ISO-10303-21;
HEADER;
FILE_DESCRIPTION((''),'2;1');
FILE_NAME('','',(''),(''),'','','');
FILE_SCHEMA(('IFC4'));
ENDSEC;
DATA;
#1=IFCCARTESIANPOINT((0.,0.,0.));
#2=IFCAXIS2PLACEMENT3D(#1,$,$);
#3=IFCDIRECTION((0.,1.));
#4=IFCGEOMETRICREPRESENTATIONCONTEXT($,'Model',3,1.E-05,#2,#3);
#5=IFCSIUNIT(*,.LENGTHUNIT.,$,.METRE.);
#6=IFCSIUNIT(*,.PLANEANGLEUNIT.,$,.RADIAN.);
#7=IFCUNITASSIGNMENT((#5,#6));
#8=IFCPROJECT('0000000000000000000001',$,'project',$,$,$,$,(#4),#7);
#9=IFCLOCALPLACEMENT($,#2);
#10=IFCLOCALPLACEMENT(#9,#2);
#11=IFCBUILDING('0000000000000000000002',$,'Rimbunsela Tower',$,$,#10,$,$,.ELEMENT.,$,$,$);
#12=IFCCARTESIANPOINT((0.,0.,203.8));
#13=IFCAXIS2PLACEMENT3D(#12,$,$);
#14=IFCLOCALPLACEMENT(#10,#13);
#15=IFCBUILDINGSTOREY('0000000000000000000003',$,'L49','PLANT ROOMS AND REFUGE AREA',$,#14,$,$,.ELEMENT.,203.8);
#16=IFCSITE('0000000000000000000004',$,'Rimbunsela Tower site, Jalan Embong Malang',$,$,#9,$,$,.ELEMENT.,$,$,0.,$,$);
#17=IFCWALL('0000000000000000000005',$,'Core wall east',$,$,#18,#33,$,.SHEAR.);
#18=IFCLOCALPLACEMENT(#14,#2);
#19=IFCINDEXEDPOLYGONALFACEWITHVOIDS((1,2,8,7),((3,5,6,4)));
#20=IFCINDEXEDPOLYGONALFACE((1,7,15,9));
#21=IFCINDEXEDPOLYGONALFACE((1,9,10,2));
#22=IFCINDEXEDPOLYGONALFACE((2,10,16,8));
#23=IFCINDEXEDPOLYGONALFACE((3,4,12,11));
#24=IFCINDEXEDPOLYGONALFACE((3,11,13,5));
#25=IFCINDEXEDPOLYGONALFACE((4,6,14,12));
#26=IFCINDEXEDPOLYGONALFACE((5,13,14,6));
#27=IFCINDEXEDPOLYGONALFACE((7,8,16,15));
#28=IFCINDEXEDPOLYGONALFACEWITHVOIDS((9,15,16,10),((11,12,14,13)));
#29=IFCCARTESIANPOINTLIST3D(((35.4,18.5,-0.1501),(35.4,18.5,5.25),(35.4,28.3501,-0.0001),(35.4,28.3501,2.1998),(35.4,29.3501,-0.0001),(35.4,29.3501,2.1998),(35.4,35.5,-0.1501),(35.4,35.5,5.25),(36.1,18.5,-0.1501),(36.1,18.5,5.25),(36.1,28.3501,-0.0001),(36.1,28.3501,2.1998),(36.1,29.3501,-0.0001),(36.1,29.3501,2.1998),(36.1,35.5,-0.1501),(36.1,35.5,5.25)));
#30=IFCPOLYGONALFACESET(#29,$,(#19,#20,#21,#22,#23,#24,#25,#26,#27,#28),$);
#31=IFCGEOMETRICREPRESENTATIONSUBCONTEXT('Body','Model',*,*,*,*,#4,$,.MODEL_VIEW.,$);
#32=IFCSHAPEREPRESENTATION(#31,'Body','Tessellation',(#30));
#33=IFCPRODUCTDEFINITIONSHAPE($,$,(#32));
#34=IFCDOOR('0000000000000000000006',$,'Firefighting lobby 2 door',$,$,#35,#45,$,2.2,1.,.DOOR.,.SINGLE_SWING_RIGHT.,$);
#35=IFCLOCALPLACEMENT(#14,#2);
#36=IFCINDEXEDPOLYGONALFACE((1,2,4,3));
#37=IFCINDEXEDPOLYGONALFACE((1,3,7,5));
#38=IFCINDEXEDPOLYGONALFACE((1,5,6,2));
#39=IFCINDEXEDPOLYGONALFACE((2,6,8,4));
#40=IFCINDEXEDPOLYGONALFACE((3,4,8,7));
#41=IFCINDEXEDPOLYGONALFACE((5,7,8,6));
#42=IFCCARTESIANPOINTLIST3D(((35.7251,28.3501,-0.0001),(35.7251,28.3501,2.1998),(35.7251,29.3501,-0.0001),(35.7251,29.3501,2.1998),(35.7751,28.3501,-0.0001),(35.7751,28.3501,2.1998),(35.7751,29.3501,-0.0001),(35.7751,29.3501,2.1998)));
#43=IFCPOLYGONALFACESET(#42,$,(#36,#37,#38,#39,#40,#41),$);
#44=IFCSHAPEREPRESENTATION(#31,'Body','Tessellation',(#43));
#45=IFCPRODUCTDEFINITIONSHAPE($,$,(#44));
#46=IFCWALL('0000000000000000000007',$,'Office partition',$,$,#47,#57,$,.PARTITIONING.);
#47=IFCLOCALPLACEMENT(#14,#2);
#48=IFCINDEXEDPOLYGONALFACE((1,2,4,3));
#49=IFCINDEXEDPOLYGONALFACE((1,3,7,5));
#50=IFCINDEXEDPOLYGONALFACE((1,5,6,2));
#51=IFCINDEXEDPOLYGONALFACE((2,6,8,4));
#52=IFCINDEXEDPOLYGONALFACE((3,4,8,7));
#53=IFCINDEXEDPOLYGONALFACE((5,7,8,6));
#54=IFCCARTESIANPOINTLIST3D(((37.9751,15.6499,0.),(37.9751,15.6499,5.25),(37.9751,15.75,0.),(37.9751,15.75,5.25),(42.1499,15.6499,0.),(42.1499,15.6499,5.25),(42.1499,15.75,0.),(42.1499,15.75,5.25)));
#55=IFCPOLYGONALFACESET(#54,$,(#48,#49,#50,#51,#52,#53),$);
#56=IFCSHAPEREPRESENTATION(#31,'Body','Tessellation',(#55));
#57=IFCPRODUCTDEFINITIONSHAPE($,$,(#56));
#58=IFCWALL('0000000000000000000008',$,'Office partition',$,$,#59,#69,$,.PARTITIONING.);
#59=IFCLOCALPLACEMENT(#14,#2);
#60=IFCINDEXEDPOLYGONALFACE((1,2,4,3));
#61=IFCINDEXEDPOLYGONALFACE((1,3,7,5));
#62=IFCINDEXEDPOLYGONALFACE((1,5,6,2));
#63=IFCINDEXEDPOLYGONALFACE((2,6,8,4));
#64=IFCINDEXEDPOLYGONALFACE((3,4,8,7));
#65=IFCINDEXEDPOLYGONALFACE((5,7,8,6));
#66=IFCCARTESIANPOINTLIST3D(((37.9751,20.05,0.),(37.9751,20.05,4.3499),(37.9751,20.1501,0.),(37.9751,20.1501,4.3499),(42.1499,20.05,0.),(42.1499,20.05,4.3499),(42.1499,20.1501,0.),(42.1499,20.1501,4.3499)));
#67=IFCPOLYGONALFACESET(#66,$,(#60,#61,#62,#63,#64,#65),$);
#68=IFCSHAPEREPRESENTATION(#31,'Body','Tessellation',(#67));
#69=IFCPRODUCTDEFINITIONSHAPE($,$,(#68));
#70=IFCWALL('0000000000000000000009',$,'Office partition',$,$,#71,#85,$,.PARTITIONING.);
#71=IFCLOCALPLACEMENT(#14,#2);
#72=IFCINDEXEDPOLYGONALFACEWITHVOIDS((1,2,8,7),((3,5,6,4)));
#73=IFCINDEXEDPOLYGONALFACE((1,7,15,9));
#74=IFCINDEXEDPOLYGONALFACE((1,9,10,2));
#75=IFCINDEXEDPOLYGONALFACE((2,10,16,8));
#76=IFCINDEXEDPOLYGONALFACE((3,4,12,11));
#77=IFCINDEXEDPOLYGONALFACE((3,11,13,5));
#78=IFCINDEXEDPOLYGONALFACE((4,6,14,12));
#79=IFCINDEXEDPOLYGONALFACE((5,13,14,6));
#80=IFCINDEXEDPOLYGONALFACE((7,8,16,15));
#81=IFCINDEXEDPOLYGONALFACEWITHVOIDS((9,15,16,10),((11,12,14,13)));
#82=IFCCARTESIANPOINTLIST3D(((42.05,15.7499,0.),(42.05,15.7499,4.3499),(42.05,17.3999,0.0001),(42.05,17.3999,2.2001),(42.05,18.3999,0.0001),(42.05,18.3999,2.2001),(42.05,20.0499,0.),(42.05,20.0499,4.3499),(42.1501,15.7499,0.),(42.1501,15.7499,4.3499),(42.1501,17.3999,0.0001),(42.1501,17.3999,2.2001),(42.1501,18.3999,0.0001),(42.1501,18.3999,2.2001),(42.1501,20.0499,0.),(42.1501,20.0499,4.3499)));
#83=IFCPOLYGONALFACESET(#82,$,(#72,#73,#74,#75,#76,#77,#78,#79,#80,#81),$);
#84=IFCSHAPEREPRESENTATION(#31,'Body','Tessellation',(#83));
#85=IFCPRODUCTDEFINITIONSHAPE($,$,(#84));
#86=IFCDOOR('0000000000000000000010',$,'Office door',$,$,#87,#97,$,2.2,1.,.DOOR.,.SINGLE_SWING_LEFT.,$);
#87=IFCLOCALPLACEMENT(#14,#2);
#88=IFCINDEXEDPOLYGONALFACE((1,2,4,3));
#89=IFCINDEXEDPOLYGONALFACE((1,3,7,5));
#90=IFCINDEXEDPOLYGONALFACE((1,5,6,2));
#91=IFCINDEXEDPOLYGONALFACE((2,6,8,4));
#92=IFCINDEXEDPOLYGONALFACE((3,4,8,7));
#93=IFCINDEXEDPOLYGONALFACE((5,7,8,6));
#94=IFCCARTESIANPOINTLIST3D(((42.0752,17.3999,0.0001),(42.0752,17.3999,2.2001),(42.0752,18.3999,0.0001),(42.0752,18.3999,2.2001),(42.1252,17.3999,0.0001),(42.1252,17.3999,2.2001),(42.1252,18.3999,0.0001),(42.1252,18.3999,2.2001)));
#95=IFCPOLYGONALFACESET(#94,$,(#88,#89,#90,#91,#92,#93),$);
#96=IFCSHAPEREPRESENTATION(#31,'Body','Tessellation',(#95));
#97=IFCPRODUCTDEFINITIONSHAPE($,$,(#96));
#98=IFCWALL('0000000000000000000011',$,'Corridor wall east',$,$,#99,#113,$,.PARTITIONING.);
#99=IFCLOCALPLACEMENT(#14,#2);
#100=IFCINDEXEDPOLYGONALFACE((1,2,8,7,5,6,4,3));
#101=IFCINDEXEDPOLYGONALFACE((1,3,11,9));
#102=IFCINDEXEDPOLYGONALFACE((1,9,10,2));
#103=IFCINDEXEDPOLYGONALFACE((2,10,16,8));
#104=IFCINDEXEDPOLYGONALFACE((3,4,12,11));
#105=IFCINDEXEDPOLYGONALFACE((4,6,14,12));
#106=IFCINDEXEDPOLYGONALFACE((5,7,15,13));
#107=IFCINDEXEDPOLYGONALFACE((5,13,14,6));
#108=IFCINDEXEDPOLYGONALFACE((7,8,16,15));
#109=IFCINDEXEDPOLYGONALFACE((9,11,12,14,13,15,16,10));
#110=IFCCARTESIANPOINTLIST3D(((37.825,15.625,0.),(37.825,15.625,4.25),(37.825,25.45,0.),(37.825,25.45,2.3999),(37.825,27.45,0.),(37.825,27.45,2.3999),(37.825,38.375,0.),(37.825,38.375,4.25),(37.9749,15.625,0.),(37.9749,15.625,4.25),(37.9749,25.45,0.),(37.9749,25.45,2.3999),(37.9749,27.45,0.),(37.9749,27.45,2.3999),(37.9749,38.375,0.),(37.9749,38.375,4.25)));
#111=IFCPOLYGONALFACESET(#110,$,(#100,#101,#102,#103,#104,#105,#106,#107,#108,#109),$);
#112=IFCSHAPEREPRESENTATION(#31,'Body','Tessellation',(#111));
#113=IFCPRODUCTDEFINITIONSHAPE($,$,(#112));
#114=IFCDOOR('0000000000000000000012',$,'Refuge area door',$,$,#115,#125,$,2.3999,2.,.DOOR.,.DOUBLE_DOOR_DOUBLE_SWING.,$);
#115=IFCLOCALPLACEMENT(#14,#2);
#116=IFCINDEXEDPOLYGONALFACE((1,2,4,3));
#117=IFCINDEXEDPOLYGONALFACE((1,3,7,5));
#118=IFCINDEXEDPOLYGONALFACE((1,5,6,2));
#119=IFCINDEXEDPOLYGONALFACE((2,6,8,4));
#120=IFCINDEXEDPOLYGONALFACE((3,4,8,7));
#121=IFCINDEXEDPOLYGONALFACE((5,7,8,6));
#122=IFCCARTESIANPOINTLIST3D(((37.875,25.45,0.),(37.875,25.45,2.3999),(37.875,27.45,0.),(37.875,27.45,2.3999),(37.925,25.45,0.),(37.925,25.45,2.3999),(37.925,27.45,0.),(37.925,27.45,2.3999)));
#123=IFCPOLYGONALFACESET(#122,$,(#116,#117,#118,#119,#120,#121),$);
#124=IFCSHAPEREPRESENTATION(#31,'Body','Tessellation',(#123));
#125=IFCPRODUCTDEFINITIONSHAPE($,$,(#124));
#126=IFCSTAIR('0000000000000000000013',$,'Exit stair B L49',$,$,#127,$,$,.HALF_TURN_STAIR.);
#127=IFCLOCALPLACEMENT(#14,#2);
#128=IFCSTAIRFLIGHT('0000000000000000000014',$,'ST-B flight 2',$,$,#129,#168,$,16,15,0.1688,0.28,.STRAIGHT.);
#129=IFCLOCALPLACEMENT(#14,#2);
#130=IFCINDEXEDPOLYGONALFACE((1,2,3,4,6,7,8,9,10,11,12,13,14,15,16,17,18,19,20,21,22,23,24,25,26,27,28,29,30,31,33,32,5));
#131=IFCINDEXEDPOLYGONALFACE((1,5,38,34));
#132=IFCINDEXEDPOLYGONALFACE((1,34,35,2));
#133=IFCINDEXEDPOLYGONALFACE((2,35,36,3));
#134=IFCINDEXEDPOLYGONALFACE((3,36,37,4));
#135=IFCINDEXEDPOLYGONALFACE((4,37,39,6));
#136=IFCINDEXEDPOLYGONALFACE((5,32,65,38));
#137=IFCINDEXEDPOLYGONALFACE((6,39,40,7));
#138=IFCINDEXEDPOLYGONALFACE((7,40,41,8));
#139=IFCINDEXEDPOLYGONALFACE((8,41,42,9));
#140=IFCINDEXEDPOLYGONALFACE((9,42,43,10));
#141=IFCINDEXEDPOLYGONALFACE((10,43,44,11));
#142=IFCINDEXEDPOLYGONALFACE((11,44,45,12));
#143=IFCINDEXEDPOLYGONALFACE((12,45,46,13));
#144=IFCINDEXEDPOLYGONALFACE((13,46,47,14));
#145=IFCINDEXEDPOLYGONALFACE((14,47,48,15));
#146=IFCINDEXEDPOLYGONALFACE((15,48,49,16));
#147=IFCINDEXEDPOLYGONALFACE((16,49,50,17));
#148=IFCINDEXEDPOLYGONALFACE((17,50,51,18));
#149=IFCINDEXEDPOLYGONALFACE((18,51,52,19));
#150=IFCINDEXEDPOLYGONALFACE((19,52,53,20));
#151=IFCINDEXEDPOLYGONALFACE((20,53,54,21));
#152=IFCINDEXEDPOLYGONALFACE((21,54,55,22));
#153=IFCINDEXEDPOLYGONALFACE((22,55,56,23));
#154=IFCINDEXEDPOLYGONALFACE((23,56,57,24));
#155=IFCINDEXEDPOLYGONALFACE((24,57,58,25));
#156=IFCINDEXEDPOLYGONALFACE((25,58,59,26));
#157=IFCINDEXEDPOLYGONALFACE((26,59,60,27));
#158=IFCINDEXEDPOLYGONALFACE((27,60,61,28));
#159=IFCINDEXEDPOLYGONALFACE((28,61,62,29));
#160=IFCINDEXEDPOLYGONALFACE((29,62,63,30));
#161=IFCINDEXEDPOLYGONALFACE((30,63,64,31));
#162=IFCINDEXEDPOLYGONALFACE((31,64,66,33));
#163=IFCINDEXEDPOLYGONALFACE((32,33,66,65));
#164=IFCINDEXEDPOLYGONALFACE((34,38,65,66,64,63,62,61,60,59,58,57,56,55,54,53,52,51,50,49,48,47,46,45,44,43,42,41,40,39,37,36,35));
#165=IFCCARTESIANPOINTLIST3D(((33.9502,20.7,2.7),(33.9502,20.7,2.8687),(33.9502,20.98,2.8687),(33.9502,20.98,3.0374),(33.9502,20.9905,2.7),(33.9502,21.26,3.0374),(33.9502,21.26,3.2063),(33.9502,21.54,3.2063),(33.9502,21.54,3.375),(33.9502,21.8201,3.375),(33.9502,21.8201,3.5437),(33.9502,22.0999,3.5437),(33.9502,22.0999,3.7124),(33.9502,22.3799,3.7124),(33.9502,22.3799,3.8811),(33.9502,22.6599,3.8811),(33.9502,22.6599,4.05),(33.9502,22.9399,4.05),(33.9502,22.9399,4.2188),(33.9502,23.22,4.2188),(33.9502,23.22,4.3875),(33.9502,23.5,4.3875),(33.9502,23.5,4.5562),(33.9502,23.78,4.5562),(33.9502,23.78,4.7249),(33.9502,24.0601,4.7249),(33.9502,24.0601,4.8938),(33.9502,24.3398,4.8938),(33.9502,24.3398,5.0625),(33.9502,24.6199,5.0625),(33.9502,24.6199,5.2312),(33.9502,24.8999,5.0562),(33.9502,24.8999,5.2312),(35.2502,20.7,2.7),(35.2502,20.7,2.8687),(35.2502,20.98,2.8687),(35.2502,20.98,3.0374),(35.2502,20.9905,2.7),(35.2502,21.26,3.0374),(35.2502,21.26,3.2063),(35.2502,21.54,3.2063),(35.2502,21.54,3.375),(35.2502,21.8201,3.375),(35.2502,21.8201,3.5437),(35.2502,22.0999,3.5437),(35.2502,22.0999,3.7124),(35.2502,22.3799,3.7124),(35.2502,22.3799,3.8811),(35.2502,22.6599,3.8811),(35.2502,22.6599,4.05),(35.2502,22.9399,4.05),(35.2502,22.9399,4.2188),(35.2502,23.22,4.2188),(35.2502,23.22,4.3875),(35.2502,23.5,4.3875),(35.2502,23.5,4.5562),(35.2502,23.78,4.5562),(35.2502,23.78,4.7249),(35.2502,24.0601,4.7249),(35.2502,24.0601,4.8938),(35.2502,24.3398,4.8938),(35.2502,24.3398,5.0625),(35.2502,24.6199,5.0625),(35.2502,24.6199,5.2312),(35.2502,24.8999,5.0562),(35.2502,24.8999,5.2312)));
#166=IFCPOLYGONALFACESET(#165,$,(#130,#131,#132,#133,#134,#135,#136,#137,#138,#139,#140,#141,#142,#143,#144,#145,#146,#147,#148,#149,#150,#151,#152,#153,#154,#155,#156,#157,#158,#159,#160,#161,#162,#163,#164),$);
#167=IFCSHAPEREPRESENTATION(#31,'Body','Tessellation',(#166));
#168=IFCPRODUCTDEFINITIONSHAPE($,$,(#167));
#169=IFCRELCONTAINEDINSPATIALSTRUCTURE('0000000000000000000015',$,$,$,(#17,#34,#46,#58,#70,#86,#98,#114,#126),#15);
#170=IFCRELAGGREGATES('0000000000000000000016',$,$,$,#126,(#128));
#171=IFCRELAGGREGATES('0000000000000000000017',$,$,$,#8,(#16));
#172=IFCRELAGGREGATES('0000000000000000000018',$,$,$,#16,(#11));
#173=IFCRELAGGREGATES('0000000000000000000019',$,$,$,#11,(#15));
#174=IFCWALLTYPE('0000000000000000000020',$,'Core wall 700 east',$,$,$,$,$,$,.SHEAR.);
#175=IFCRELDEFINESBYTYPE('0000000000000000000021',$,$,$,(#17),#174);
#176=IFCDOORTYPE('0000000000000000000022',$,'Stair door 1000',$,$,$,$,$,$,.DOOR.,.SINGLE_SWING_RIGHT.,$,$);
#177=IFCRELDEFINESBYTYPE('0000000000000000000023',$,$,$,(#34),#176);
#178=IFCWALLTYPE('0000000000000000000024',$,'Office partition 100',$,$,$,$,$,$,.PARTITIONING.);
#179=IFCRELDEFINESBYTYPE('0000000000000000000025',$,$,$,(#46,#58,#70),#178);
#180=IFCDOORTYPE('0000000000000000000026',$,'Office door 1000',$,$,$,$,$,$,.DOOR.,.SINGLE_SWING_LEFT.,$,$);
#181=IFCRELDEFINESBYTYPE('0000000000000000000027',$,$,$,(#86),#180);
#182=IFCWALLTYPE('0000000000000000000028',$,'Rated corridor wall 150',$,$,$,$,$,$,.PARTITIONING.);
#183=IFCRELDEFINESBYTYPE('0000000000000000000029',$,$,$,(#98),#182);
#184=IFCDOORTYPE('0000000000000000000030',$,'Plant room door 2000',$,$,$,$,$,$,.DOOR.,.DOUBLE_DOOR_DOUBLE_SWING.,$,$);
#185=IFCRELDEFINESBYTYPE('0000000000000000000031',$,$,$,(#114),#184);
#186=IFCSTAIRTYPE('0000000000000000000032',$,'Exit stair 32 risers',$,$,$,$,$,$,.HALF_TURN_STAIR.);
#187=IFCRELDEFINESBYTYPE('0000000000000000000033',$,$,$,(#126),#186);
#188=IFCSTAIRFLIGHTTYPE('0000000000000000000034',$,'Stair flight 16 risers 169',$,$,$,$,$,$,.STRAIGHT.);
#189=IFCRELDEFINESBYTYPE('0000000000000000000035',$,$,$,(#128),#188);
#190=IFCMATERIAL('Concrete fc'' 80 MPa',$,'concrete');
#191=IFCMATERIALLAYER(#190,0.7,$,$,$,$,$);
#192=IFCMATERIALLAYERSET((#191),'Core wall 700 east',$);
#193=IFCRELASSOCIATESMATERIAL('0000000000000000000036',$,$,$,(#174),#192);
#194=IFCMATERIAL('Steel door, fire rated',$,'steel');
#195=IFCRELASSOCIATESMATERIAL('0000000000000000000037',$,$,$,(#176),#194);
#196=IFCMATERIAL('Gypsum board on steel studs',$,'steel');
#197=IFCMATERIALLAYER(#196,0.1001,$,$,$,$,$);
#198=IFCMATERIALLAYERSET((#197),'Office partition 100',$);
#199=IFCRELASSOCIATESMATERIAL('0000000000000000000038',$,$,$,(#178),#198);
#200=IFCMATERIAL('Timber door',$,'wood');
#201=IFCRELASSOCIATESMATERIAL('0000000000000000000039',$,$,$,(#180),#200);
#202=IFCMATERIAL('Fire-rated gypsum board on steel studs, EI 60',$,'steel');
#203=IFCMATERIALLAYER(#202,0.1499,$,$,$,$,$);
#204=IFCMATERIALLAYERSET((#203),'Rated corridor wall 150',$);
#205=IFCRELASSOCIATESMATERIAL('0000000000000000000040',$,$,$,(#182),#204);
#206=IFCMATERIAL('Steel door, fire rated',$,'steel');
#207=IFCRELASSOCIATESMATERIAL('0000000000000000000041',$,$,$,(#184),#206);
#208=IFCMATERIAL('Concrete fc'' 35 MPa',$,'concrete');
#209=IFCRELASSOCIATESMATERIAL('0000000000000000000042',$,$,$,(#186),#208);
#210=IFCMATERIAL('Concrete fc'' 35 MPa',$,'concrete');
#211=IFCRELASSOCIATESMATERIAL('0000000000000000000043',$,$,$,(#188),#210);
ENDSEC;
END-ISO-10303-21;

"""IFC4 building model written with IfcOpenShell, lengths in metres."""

from ifc_helpers import new_model, si_unit, direction, frame, frame_2d, origin, place, context, subcontext, project, spatial, polyline, rectangle, outline, extrude, material, layer, layer_set, type_object, element, fill, aggregate, save


model = new_model("IFC4")

# Units and contexts
model_context = context("Model", 3, precision=1e-05, world=origin(), true_north=direction((0.0, 1.0)))
body_context = subcontext(model_context, "Body", "Model", "MODEL_VIEW")
ifc_project = project(units=[si_unit("LENGTHUNIT", "METRE"), si_unit("PLANEANGLEUNIT", "RADIAN")], contexts=[model_context])

# Site, building, storey
site_placement = place(None, origin())
site = spatial("IfcSite", under=ifc_project, at=site_placement, Name="Rimbunsela Tower site, Jalan Embong Malang", CompositionType="ELEMENT", RefElevation=0.0)
building_placement = place(site_placement, origin())
building = spatial("IfcBuilding", under=site, at=building_placement, Name="Rimbunsela Tower", CompositionType="ELEMENT")
storey_placement = place(building_placement, frame((0.0, 0.0, 203.8)))
storey = spatial("IfcBuildingStorey", under=building, at=storey_placement, Name="L49", Description="PLANT ROOMS AND REFUGE AREA", CompositionType="ELEMENT", Elevation=203.8)

# Wall, opening, door
ifc_material_1 = material(Name="Concrete fc' 80 MPa", Category="concrete")
ifc_layer_1 = layer(ifc_material_1, 0.7)
ifc_layer_set_1 = layer_set([ifc_layer_1], Name="Core wall 700 east")
wall_type_1 = type_object("IfcWallType", Name="Core wall 700 east", PredefinedType="SHEAR", material=ifc_layer_set_1)
wall_1_placement = place(storey_placement, frame((35.75, 18.5, -0.1501), z_axis=(0.0, 0.0, 1.0), x_axis=(0.0, 1.0, 0.0)))
wall_1 = element("IfcWall", 1, at=wall_1_placement, inside=storey, type_object=wall_type_1, Name="Core wall east", PredefinedType="SHEAR", context=body_context, shape_type="SweptSolid", body=[
    extrude(rectangle(XDim=17.0, YDim=0.7, at=frame_2d((8.5, 0.0))), origin(), (0.0, 0.0, 1.0), 5.4001),
])
opening_1_placement = place(wall_1_placement, frame((9.8501, 0.0, 0.1499)))
opening_1 = element("IfcOpeningElement", 2, at=opening_1_placement, cuts=wall_1, PredefinedType="OPENING", context=body_context, shape_type="SweptSolid", body=[
    extrude(rectangle(XDim=1.0, YDim=2.2, at=frame_2d((0.5, 1.1001))), frame((0.0, 0.3599, 0.0), z_axis=(0.0, -1.0, 0.0), x_axis=(1.0, 0.0, 0.0)), (0.0, 0.0, 1.0), 0.72),
])
ifc_material_2 = material(Name="Steel door, fire rated", Category="steel")
door_type_1 = type_object("IfcDoorType", Name="Stair door 1000", OperationType="SINGLE_SWING_RIGHT", PredefinedType="DOOR", material=ifc_material_2)
door_1_placement = place(opening_1_placement, origin())
door_1 = element("IfcDoor", 3, at=door_1_placement, inside=storey, type_object=door_type_1, Name="Firefighting lobby 2 door", OperationType="SINGLE_SWING_RIGHT", OverallHeight=2.2, OverallWidth=1.0, PredefinedType="DOOR", context=body_context, shape_type="SweptSolid", body=[
    extrude(rectangle(XDim=1.0, YDim=2.2, at=frame_2d((0.5, 1.1001))), frame((0.0, 0.0249, 0.0), z_axis=(0.0, -1.0, 0.0), x_axis=(1.0, 0.0, 0.0)), (0.0, 0.0, 1.0), 0.05),
])
fill(opening_1, door_1)

# Walls
ifc_material_3 = material(Name="Gypsum board on steel studs", Category="steel")
ifc_layer_2 = layer(ifc_material_3, 0.1001)
ifc_layer_set_2 = layer_set([ifc_layer_2], Name="Office partition 100")
wall_type_2 = type_object("IfcWallType", Name="Office partition 100", PredefinedType="PARTITIONING", material=ifc_layer_set_2)
wall_2_placement = place(storey_placement, frame((37.9751, 15.7, 0.0), z_axis=(0.0, 0.0, 1.0), x_axis=(1.0, 0.0, 0.0)))
element("IfcWall", 4, at=wall_2_placement, inside=storey, type_object=wall_type_2, Name="Office partition", PredefinedType="PARTITIONING", context=body_context, shape_type="SweptSolid", body=[
    extrude(rectangle(XDim=4.1748, YDim=0.1001, at=frame_2d((2.0874, 0.0))), origin(), (0.0, 0.0, 1.0), 5.25),
])
wall_3_placement = place(storey_placement, frame((37.9751, 20.1001, 0.0), z_axis=(0.0, 0.0, 1.0), x_axis=(1.0, 0.0, 0.0)))
element("IfcWall", 5, at=wall_3_placement, inside=storey, type_object=wall_type_2, Name="Office partition", PredefinedType="PARTITIONING", context=body_context, shape_type="SweptSolid", body=[
    extrude(rectangle(XDim=4.1748, YDim=0.1001, at=frame_2d((2.0874, 0.0))), origin(), (0.0, 0.0, 1.0), 4.3499),
])

# Walls, openings, doors
wall_4_placement = place(storey_placement, frame((42.1001, 15.75, 0.0), z_axis=(0.0, 0.0, 1.0), x_axis=(0.0, 1.0, 0.0)))
wall_4 = element("IfcWall", 6, at=wall_4_placement, inside=storey, type_object=wall_type_2, Name="Office partition", PredefinedType="PARTITIONING", context=body_context, shape_type="SweptSolid", body=[
    extrude(rectangle(XDim=4.3, YDim=0.1001, at=frame_2d((2.1499, 0.0))), origin(), (0.0, 0.0, 1.0), 4.3499),
])
opening_2_placement = place(wall_4_placement, frame((1.6499, 0.0, 0.0)))
opening_2 = element("IfcOpeningElement", 7, at=opening_2_placement, cuts=wall_4, PredefinedType="OPENING", context=body_context, shape_type="SweptSolid", body=[
    extrude(rectangle(XDim=1.0, YDim=2.2, at=frame_2d((0.5, 1.1001))), frame((0.0, 0.0601, 0.0), z_axis=(0.0, -1.0, 0.0), x_axis=(1.0, 0.0, 0.0)), (0.0, 0.0, 1.0), 0.1201),
])
ifc_material_4 = material(Name="Timber door", Category="wood")
door_type_2 = type_object("IfcDoorType", Name="Office door 1000", OperationType="SINGLE_SWING_LEFT", PredefinedType="DOOR", material=ifc_material_4)
door_2_placement = place(opening_2_placement, origin())
door_2 = element("IfcDoor", 8, at=door_2_placement, inside=storey, type_object=door_type_2, Name="Office door", OperationType="SINGLE_SWING_LEFT", OverallHeight=2.2, OverallWidth=1.0, PredefinedType="DOOR", context=body_context, shape_type="SweptSolid", body=[
    extrude(rectangle(XDim=1.0, YDim=2.2, at=frame_2d((0.5, 1.1001))), frame((0.0, 0.0249, 0.0), z_axis=(0.0, -1.0, 0.0), x_axis=(1.0, 0.0, 0.0)), (0.0, 0.0, 1.0), 0.05),
])
fill(opening_2, door_2)
ifc_material_5 = material(Name="Fire-rated gypsum board on steel studs, EI 60", Category="steel")
ifc_layer_3 = layer(ifc_material_5, 0.1499)
ifc_layer_set_3 = layer_set([ifc_layer_3], Name="Rated corridor wall 150")
wall_type_3 = type_object("IfcWallType", Name="Rated corridor wall 150", PredefinedType="PARTITIONING", material=ifc_layer_set_3)
wall_5_placement = place(storey_placement, frame((37.8999, 15.625, 0.0), z_axis=(0.0, 0.0, 1.0), x_axis=(0.0, 1.0, 0.0)))
wall_5 = element("IfcWall", 9, at=wall_5_placement, inside=storey, type_object=wall_type_3, Name="Corridor wall east", PredefinedType="PARTITIONING", context=body_context, shape_type="SweptSolid", body=[
    extrude(rectangle(XDim=22.75, YDim=0.1499, at=frame_2d((11.375, 0.0))), origin(), (0.0, 0.0, 1.0), 4.25),
])
opening_3_placement = place(wall_5_placement, frame((9.825, 0.0, 0.0)))
opening_3 = element("IfcOpeningElement", 10, at=opening_3_placement, cuts=wall_5, PredefinedType="OPENING", context=body_context, shape_type="SweptSolid", body=[
    extrude(rectangle(XDim=2.0, YDim=2.3999, at=frame_2d((1.0, 1.2))), frame((0.0, 0.085, 0.0), z_axis=(0.0, -1.0, 0.0), x_axis=(1.0, 0.0, 0.0)), (0.0, 0.0, 1.0), 0.1699),
])
ifc_material_6 = material(Name="Steel door, fire rated", Category="steel")
door_type_3 = type_object("IfcDoorType", Name="Plant room door 2000", OperationType="DOUBLE_DOOR_DOUBLE_SWING", PredefinedType="DOOR", material=ifc_material_6)
door_3_placement = place(opening_3_placement, origin())
door_3 = element("IfcDoor", 11, at=door_3_placement, inside=storey, type_object=door_type_3, Name="Refuge area door", OperationType="DOUBLE_DOOR_DOUBLE_SWING", OverallHeight=2.3999, OverallWidth=2.0, PredefinedType="DOOR", context=body_context, shape_type="SweptSolid", body=[
    extrude(rectangle(XDim=2.0, YDim=2.3999, at=frame_2d((1.0, 1.2))), frame((0.0, 0.0249, 0.0), z_axis=(0.0, -1.0, 0.0), x_axis=(1.0, 0.0, 0.0)), (0.0, 0.0, 1.0), 0.05),
])
fill(opening_3, door_3)

# Stair, stair flight
ifc_material_7 = material(Name="Concrete fc' 35 MPa", Category="concrete")
stair_type = type_object("IfcStairType", Name="Exit stair 32 risers", PredefinedType="HALF_TURN_STAIR", material=ifc_material_7)
stair_placement = place(storey_placement, origin())
stair = element("IfcStair", 12, at=stair_placement, inside=storey, type_object=stair_type, Name="Exit stair B L49", PredefinedType="HALF_TURN_STAIR")
ifc_material_8 = material(Name="Concrete fc' 35 MPa", Category="concrete")
stair_flight_type = type_object("IfcStairFlightType", Name="Stair flight 16 risers 169", PredefinedType="STRAIGHT", material=ifc_material_8)
stair_flight_placement = place(storey_placement, frame((34.6001, 20.7, 2.7), z_axis=(0.0, 0.0, 1.0), x_axis=(0.0, 1.0, 0.0)))
stair_flight = element("IfcStairFlight", 13, at=stair_flight_placement, type_object=stair_flight_type, Name="ST-B flight 2", NumberOfRisers=16, NumberOfTreads=15, PredefinedType="STRAIGHT", RiserHeight=0.1688, TreadLength=0.28, context=body_context, shape_type="SweptSolid", body=[
    extrude(outline(polyline([(0.0, 0.0), (0.0, 0.1687), (0.28, 0.1687), (0.28, 0.3374), (0.5601, 0.3374), (0.5601, 0.5063), (0.8401, 0.5063), (0.8401, 0.675), (1.1201, 0.675), (1.1201, 0.8438), (1.3999, 0.8438), (1.3999, 1.0125), (1.6799, 1.0125), (1.6799, 1.1812), (1.96, 1.1812), (1.96, 1.3501), (2.24, 1.3501), (2.24, 1.5188), (2.52, 1.5188), (2.52, 1.6875), (2.8, 1.6875), (2.8, 1.8562), (3.0801, 1.8562), (3.0801, 2.0249), (3.3601, 2.0249), (3.3601, 2.1938), (3.6399, 2.1938), (3.6399, 2.3625), (3.9199, 2.3625), (3.9199, 2.5312), (4.2, 2.5312), (4.2, 2.7), (4.2, 2.3562), (0.2905, 0.0), (0.0, 0.0)])), frame((0.0, 0.6499, 0.0), z_axis=(0.0, -1.0, 0.0), x_axis=(1.0, 0.0, 0.0)), (0.0, 0.0, 1.0), 1.3),
])
aggregate(stair, [stair_flight])

save(model, "model.ifc")
